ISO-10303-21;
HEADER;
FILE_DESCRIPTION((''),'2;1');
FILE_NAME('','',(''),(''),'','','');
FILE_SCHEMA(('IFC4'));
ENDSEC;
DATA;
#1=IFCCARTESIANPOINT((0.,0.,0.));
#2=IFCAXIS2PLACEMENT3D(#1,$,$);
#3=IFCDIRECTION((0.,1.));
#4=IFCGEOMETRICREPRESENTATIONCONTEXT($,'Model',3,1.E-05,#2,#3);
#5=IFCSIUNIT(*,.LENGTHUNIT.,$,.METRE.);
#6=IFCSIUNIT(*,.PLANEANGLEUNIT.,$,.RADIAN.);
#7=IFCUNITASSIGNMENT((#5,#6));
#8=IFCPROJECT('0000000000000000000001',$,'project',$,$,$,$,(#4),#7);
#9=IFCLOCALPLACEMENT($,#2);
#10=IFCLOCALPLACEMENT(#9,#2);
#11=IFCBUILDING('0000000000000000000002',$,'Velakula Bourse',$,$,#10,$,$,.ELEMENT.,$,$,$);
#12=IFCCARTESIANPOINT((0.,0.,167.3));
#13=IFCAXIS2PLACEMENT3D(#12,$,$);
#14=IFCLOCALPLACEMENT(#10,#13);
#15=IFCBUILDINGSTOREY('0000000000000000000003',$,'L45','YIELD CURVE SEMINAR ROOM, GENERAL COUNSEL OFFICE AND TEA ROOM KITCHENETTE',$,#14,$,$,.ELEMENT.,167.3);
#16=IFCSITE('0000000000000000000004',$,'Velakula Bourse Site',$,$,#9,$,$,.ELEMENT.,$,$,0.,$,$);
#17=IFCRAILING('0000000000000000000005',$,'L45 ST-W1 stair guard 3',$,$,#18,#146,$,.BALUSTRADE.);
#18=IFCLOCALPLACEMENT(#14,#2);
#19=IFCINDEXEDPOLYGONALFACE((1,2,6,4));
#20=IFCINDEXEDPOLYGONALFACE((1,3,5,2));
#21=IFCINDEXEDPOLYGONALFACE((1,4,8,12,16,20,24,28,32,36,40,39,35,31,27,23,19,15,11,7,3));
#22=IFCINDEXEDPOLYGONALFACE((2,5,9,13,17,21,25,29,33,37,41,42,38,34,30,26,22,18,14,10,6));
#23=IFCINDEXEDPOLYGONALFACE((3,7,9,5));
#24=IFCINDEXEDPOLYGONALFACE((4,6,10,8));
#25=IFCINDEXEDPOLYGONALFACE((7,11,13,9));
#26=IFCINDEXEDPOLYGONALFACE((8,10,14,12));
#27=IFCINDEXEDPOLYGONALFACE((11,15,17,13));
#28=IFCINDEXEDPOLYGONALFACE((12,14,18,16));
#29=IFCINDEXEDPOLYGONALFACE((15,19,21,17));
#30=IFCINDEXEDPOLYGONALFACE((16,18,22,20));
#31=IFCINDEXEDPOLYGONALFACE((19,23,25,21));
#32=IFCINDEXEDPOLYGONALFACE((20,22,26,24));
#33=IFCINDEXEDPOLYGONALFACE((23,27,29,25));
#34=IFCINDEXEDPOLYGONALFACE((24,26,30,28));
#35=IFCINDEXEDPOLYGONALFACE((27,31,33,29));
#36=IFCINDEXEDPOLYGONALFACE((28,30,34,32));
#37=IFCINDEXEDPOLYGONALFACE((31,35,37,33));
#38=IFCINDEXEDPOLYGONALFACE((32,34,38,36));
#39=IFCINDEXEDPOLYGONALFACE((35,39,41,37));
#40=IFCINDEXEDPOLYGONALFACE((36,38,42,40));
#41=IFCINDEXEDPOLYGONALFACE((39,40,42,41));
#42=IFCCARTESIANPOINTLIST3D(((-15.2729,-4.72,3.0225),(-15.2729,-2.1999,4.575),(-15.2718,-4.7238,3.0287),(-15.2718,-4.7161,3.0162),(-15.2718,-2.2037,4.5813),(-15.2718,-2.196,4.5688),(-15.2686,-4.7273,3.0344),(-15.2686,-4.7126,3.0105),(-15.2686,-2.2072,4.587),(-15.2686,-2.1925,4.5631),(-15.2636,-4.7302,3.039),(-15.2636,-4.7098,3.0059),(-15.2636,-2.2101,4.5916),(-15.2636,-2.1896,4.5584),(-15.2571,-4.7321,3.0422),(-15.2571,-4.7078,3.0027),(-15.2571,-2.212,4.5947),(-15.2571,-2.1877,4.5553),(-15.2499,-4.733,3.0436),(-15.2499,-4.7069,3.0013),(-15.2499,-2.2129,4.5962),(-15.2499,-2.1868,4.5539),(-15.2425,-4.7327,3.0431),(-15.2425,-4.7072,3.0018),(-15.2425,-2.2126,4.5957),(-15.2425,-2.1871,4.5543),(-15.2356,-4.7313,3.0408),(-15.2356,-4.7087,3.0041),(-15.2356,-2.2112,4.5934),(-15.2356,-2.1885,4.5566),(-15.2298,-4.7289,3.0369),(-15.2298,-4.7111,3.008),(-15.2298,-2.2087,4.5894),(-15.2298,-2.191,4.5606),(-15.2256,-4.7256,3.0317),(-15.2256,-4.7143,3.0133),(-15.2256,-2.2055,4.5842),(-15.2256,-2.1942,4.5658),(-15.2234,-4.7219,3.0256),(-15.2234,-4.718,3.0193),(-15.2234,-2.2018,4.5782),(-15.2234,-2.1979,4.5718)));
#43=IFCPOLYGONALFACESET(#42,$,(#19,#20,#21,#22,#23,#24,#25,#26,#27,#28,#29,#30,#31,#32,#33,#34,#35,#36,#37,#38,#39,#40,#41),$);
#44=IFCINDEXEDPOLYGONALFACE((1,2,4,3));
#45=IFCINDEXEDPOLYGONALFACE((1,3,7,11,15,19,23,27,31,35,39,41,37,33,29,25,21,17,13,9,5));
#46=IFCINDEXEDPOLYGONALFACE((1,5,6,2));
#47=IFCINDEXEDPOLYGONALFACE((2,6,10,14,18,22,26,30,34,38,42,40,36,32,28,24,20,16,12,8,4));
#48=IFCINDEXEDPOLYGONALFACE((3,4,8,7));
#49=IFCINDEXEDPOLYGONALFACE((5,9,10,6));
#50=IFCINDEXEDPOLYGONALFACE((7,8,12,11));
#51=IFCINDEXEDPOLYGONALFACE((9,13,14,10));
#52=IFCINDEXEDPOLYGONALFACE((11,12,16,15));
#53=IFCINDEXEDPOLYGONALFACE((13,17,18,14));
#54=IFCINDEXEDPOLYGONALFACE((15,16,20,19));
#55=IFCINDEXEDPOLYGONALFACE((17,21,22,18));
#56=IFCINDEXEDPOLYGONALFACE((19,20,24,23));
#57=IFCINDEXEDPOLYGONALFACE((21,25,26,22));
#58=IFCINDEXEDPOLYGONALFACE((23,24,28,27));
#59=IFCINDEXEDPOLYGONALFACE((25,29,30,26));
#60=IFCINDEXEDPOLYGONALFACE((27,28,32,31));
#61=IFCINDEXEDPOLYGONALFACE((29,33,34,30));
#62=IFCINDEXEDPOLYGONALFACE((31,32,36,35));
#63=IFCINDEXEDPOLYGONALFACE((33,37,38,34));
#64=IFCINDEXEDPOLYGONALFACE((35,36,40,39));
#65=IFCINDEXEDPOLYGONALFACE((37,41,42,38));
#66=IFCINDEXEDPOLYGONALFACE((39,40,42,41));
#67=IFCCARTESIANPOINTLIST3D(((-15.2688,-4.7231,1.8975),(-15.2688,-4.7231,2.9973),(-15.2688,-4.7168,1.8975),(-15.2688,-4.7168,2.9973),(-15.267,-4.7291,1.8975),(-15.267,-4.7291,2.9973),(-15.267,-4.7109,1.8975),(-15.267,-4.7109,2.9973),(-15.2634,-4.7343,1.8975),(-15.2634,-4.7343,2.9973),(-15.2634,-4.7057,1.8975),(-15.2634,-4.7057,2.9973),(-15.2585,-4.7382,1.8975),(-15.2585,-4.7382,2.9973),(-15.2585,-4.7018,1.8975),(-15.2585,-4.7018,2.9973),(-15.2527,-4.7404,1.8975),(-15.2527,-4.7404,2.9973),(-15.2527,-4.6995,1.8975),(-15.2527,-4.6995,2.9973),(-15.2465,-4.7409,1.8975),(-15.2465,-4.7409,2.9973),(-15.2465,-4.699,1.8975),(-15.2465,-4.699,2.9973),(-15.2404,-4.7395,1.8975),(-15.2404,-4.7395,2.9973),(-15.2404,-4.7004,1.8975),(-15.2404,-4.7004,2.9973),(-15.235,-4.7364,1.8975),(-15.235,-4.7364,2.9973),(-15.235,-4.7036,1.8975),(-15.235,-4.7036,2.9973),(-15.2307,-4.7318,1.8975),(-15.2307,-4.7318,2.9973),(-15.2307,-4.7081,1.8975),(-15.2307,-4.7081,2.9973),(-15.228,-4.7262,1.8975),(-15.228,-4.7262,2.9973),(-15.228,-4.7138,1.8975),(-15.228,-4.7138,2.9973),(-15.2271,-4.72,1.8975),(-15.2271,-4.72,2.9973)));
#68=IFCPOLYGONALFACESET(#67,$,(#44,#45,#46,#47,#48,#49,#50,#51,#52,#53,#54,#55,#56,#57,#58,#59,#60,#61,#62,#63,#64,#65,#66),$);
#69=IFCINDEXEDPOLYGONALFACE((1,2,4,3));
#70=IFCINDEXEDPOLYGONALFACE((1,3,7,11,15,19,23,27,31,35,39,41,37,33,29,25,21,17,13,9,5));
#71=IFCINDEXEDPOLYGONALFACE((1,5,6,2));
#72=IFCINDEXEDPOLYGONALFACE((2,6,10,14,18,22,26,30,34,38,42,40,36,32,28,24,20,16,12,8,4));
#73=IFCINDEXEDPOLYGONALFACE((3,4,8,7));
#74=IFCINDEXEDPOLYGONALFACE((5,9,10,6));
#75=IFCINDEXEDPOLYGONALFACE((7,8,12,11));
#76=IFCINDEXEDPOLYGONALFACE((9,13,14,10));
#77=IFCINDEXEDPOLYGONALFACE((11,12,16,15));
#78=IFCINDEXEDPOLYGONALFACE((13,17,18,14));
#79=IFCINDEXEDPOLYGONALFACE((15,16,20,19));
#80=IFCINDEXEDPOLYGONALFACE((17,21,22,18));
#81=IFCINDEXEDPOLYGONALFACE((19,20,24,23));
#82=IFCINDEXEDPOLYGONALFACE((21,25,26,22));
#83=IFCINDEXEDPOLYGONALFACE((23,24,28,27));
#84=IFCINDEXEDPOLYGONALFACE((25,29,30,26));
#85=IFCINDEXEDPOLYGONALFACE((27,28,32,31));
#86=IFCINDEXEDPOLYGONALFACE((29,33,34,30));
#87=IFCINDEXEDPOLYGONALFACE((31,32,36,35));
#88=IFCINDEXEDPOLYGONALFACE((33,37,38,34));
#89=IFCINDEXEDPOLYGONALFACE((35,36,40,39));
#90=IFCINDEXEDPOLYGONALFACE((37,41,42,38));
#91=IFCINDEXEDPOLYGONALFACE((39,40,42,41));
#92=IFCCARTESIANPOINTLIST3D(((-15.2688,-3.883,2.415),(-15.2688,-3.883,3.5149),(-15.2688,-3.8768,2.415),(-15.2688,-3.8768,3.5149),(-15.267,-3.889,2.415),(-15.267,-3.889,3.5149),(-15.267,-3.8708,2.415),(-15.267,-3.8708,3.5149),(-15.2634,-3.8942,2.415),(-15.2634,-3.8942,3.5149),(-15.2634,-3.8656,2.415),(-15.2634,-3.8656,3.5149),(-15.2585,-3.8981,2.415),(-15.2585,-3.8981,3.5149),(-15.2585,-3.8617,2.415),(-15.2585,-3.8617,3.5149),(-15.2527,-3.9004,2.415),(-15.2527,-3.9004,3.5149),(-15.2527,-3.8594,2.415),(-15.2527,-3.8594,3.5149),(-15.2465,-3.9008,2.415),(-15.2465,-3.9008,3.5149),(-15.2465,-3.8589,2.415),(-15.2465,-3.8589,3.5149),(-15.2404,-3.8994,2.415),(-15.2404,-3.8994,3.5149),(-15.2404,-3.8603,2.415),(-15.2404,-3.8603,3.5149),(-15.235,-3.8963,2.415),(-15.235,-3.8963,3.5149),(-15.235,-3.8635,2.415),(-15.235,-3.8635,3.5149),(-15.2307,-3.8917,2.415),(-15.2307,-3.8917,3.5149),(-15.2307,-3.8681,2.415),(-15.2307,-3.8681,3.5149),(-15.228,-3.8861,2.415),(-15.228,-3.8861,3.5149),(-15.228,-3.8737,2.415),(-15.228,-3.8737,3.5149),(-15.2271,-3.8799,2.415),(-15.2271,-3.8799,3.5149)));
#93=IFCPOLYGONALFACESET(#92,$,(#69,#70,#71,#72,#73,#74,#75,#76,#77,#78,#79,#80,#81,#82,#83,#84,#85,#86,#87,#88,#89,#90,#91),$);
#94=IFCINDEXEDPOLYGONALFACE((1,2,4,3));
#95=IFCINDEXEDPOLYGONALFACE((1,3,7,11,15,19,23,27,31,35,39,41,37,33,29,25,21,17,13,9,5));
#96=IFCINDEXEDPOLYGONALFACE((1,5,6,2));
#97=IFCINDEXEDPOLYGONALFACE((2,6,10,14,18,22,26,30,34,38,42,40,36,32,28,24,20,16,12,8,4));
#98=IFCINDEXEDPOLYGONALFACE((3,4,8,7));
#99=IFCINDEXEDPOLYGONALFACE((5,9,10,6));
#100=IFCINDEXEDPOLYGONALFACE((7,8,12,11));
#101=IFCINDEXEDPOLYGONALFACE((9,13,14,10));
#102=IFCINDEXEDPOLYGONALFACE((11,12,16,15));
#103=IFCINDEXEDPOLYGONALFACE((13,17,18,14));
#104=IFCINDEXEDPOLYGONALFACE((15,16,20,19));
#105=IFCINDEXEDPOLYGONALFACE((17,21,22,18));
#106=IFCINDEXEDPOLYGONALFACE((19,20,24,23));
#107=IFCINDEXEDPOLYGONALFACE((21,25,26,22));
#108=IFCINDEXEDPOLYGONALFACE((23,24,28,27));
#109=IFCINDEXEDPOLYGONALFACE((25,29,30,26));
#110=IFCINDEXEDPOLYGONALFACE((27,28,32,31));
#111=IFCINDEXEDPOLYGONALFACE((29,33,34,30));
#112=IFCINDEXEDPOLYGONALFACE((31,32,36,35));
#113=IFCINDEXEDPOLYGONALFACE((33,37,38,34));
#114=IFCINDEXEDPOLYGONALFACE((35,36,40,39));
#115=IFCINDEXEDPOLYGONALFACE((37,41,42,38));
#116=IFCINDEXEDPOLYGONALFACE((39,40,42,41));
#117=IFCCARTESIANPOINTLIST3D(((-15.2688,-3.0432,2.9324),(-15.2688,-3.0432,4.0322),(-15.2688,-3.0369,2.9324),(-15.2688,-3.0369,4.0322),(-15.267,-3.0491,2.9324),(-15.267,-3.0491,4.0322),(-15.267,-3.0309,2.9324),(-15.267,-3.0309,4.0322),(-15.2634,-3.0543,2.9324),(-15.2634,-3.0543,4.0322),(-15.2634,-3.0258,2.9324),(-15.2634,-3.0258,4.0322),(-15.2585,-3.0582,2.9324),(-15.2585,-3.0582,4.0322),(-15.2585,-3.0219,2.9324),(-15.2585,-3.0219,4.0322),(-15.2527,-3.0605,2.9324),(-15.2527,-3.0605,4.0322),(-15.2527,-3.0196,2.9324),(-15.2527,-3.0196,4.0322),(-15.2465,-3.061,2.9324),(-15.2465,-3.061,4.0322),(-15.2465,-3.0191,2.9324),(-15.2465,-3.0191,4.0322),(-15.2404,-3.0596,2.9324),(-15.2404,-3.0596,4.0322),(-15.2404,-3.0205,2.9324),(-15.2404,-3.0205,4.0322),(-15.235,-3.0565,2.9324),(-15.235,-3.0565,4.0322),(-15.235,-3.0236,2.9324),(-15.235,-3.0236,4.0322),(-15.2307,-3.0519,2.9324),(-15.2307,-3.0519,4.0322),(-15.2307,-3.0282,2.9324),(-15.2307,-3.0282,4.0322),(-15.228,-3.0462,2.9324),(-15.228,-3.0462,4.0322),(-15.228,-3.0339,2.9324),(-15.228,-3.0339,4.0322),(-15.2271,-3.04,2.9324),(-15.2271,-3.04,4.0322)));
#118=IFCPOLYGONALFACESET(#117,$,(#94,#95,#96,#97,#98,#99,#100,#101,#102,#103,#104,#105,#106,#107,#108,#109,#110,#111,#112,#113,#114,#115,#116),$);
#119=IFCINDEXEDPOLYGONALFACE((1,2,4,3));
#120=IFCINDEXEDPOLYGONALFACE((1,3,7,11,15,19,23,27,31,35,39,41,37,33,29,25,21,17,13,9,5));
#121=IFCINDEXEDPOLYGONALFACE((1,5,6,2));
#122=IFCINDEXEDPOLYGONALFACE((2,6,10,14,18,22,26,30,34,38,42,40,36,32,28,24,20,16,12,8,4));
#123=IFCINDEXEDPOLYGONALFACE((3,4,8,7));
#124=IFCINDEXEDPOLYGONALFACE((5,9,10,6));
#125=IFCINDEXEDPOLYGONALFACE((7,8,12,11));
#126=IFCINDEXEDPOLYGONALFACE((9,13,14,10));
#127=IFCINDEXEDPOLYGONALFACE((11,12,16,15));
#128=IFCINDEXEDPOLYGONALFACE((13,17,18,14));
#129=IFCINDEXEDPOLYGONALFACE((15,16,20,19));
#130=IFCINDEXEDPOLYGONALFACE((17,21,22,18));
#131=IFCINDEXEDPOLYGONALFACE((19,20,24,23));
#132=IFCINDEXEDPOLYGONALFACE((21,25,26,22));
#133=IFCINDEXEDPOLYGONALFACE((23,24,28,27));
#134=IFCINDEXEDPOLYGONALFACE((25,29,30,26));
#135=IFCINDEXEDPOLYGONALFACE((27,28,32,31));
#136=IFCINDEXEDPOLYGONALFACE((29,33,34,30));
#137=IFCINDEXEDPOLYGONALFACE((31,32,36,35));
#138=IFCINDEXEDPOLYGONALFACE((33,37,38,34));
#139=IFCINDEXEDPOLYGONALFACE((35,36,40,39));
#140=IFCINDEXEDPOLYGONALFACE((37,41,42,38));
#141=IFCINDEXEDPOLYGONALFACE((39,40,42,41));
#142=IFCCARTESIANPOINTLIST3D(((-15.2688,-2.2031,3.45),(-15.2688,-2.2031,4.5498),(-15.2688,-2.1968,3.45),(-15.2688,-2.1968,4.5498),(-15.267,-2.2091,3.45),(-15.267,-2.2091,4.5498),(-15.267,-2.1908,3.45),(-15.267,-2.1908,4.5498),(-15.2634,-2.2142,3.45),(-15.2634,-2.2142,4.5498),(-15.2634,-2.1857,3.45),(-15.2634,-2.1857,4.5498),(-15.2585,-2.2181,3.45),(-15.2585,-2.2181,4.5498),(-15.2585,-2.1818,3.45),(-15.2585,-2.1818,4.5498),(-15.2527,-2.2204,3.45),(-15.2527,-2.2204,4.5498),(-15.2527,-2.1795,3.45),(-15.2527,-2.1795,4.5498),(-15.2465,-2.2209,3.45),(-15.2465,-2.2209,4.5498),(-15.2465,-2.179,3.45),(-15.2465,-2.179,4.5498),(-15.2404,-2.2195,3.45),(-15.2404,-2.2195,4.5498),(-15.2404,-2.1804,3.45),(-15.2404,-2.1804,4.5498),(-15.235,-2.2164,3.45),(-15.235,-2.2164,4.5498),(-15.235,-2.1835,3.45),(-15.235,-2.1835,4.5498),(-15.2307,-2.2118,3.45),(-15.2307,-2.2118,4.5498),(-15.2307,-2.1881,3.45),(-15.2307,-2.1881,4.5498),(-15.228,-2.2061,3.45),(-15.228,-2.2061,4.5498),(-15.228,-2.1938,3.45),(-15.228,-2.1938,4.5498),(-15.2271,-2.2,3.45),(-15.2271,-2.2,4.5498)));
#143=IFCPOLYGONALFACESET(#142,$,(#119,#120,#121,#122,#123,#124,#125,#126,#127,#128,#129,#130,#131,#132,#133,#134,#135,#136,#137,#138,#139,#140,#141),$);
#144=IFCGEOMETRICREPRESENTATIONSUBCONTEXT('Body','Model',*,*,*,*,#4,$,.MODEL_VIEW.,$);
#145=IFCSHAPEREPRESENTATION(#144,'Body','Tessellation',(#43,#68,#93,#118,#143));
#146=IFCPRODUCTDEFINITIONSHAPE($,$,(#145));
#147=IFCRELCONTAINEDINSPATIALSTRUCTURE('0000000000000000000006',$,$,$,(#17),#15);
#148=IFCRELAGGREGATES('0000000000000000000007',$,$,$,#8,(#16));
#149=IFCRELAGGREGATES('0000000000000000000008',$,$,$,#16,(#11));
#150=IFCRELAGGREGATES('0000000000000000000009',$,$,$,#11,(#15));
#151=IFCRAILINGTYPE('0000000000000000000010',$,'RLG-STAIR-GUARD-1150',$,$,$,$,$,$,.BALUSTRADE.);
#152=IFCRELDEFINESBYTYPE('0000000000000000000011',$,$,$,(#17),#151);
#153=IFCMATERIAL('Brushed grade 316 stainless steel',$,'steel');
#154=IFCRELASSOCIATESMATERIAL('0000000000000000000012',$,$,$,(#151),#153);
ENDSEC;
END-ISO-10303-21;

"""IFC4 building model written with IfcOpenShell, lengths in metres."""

from ifc_helpers import new_model, si_unit, direction, frame, origin, origin_2d, place, context, subcontext, project, spatial, circle, extrude, material, type_object, element, save


model = new_model("IFC4")

# Units and contexts
model_context = context("Model", 3, precision=1e-05, world=origin(), true_north=direction((0.0, 1.0)))
body_context = subcontext(model_context, "Body", "Model", "MODEL_VIEW")
ifc_project = project(units=[si_unit("LENGTHUNIT", "METRE"), si_unit("PLANEANGLEUNIT", "RADIAN")], contexts=[model_context])

# Site, building, storey
site_placement = place(None, origin())
site = spatial("IfcSite", under=ifc_project, at=site_placement, Name="Velakula Bourse Site", CompositionType="ELEMENT", RefElevation=0.0)
building_placement = place(site_placement, origin())
building = spatial("IfcBuilding", under=site, at=building_placement, Name="Velakula Bourse", CompositionType="ELEMENT")
storey_placement = place(building_placement, frame((0.0, 0.0, 167.3)))
storey = spatial("IfcBuildingStorey", under=building, at=storey_placement, Name="L45", Description="YIELD CURVE SEMINAR ROOM, GENERAL COUNSEL OFFICE AND TEA ROOM KITCHENETTE", CompositionType="ELEMENT", Elevation=167.3)

# Shared definitions
ifc_material_1 = material(Name="Brushed grade 316 stainless steel", Category="steel")

# Railing
railing_type_1 = type_object("IfcRailingType", Name="RLG-STAIR-GUARD-1150", PredefinedType="BALUSTRADE", material=ifc_material_1)
railing_1_placement = place(storey_placement, frame((-15.248, -4.72, 1.8975)))
element("IfcRailing", 1, at=railing_1_placement, inside=storey, type_object=railing_type_1, Name="L45 ST-W1 stair guard 3", PredefinedType="BALUSTRADE", context=body_context, shape_type="SweptSolid", body=[
    extrude(circle(Radius=0.0249, at=origin_2d()), frame((0.0, 0.0, 1.125), z_axis=(0.0, 0.8514, 0.524516), x_axis=(-1.0, 0.0, 0.0)), (0.0, 0.0, 1.0), 2.96),
    extrude(circle(Radius=0.021, at=origin_2d()), origin(), (0.0, 0.0, 1.0), 1.0999),
    extrude(circle(Radius=0.021, at=origin_2d()), frame((0.0, 0.8401, 0.5176)), (0.0, 0.0, 1.0), 1.0999),
    extrude(circle(Radius=0.021, at=origin_2d()), frame((0.0, 1.6799, 1.0349)), (0.0, 0.0, 1.0), 1.0999),
    extrude(circle(Radius=0.021, at=origin_2d()), frame((0.0, 2.52, 1.5525)), (0.0, 0.0, 1.0), 1.0999),
])

save(model, "model.ifc")
